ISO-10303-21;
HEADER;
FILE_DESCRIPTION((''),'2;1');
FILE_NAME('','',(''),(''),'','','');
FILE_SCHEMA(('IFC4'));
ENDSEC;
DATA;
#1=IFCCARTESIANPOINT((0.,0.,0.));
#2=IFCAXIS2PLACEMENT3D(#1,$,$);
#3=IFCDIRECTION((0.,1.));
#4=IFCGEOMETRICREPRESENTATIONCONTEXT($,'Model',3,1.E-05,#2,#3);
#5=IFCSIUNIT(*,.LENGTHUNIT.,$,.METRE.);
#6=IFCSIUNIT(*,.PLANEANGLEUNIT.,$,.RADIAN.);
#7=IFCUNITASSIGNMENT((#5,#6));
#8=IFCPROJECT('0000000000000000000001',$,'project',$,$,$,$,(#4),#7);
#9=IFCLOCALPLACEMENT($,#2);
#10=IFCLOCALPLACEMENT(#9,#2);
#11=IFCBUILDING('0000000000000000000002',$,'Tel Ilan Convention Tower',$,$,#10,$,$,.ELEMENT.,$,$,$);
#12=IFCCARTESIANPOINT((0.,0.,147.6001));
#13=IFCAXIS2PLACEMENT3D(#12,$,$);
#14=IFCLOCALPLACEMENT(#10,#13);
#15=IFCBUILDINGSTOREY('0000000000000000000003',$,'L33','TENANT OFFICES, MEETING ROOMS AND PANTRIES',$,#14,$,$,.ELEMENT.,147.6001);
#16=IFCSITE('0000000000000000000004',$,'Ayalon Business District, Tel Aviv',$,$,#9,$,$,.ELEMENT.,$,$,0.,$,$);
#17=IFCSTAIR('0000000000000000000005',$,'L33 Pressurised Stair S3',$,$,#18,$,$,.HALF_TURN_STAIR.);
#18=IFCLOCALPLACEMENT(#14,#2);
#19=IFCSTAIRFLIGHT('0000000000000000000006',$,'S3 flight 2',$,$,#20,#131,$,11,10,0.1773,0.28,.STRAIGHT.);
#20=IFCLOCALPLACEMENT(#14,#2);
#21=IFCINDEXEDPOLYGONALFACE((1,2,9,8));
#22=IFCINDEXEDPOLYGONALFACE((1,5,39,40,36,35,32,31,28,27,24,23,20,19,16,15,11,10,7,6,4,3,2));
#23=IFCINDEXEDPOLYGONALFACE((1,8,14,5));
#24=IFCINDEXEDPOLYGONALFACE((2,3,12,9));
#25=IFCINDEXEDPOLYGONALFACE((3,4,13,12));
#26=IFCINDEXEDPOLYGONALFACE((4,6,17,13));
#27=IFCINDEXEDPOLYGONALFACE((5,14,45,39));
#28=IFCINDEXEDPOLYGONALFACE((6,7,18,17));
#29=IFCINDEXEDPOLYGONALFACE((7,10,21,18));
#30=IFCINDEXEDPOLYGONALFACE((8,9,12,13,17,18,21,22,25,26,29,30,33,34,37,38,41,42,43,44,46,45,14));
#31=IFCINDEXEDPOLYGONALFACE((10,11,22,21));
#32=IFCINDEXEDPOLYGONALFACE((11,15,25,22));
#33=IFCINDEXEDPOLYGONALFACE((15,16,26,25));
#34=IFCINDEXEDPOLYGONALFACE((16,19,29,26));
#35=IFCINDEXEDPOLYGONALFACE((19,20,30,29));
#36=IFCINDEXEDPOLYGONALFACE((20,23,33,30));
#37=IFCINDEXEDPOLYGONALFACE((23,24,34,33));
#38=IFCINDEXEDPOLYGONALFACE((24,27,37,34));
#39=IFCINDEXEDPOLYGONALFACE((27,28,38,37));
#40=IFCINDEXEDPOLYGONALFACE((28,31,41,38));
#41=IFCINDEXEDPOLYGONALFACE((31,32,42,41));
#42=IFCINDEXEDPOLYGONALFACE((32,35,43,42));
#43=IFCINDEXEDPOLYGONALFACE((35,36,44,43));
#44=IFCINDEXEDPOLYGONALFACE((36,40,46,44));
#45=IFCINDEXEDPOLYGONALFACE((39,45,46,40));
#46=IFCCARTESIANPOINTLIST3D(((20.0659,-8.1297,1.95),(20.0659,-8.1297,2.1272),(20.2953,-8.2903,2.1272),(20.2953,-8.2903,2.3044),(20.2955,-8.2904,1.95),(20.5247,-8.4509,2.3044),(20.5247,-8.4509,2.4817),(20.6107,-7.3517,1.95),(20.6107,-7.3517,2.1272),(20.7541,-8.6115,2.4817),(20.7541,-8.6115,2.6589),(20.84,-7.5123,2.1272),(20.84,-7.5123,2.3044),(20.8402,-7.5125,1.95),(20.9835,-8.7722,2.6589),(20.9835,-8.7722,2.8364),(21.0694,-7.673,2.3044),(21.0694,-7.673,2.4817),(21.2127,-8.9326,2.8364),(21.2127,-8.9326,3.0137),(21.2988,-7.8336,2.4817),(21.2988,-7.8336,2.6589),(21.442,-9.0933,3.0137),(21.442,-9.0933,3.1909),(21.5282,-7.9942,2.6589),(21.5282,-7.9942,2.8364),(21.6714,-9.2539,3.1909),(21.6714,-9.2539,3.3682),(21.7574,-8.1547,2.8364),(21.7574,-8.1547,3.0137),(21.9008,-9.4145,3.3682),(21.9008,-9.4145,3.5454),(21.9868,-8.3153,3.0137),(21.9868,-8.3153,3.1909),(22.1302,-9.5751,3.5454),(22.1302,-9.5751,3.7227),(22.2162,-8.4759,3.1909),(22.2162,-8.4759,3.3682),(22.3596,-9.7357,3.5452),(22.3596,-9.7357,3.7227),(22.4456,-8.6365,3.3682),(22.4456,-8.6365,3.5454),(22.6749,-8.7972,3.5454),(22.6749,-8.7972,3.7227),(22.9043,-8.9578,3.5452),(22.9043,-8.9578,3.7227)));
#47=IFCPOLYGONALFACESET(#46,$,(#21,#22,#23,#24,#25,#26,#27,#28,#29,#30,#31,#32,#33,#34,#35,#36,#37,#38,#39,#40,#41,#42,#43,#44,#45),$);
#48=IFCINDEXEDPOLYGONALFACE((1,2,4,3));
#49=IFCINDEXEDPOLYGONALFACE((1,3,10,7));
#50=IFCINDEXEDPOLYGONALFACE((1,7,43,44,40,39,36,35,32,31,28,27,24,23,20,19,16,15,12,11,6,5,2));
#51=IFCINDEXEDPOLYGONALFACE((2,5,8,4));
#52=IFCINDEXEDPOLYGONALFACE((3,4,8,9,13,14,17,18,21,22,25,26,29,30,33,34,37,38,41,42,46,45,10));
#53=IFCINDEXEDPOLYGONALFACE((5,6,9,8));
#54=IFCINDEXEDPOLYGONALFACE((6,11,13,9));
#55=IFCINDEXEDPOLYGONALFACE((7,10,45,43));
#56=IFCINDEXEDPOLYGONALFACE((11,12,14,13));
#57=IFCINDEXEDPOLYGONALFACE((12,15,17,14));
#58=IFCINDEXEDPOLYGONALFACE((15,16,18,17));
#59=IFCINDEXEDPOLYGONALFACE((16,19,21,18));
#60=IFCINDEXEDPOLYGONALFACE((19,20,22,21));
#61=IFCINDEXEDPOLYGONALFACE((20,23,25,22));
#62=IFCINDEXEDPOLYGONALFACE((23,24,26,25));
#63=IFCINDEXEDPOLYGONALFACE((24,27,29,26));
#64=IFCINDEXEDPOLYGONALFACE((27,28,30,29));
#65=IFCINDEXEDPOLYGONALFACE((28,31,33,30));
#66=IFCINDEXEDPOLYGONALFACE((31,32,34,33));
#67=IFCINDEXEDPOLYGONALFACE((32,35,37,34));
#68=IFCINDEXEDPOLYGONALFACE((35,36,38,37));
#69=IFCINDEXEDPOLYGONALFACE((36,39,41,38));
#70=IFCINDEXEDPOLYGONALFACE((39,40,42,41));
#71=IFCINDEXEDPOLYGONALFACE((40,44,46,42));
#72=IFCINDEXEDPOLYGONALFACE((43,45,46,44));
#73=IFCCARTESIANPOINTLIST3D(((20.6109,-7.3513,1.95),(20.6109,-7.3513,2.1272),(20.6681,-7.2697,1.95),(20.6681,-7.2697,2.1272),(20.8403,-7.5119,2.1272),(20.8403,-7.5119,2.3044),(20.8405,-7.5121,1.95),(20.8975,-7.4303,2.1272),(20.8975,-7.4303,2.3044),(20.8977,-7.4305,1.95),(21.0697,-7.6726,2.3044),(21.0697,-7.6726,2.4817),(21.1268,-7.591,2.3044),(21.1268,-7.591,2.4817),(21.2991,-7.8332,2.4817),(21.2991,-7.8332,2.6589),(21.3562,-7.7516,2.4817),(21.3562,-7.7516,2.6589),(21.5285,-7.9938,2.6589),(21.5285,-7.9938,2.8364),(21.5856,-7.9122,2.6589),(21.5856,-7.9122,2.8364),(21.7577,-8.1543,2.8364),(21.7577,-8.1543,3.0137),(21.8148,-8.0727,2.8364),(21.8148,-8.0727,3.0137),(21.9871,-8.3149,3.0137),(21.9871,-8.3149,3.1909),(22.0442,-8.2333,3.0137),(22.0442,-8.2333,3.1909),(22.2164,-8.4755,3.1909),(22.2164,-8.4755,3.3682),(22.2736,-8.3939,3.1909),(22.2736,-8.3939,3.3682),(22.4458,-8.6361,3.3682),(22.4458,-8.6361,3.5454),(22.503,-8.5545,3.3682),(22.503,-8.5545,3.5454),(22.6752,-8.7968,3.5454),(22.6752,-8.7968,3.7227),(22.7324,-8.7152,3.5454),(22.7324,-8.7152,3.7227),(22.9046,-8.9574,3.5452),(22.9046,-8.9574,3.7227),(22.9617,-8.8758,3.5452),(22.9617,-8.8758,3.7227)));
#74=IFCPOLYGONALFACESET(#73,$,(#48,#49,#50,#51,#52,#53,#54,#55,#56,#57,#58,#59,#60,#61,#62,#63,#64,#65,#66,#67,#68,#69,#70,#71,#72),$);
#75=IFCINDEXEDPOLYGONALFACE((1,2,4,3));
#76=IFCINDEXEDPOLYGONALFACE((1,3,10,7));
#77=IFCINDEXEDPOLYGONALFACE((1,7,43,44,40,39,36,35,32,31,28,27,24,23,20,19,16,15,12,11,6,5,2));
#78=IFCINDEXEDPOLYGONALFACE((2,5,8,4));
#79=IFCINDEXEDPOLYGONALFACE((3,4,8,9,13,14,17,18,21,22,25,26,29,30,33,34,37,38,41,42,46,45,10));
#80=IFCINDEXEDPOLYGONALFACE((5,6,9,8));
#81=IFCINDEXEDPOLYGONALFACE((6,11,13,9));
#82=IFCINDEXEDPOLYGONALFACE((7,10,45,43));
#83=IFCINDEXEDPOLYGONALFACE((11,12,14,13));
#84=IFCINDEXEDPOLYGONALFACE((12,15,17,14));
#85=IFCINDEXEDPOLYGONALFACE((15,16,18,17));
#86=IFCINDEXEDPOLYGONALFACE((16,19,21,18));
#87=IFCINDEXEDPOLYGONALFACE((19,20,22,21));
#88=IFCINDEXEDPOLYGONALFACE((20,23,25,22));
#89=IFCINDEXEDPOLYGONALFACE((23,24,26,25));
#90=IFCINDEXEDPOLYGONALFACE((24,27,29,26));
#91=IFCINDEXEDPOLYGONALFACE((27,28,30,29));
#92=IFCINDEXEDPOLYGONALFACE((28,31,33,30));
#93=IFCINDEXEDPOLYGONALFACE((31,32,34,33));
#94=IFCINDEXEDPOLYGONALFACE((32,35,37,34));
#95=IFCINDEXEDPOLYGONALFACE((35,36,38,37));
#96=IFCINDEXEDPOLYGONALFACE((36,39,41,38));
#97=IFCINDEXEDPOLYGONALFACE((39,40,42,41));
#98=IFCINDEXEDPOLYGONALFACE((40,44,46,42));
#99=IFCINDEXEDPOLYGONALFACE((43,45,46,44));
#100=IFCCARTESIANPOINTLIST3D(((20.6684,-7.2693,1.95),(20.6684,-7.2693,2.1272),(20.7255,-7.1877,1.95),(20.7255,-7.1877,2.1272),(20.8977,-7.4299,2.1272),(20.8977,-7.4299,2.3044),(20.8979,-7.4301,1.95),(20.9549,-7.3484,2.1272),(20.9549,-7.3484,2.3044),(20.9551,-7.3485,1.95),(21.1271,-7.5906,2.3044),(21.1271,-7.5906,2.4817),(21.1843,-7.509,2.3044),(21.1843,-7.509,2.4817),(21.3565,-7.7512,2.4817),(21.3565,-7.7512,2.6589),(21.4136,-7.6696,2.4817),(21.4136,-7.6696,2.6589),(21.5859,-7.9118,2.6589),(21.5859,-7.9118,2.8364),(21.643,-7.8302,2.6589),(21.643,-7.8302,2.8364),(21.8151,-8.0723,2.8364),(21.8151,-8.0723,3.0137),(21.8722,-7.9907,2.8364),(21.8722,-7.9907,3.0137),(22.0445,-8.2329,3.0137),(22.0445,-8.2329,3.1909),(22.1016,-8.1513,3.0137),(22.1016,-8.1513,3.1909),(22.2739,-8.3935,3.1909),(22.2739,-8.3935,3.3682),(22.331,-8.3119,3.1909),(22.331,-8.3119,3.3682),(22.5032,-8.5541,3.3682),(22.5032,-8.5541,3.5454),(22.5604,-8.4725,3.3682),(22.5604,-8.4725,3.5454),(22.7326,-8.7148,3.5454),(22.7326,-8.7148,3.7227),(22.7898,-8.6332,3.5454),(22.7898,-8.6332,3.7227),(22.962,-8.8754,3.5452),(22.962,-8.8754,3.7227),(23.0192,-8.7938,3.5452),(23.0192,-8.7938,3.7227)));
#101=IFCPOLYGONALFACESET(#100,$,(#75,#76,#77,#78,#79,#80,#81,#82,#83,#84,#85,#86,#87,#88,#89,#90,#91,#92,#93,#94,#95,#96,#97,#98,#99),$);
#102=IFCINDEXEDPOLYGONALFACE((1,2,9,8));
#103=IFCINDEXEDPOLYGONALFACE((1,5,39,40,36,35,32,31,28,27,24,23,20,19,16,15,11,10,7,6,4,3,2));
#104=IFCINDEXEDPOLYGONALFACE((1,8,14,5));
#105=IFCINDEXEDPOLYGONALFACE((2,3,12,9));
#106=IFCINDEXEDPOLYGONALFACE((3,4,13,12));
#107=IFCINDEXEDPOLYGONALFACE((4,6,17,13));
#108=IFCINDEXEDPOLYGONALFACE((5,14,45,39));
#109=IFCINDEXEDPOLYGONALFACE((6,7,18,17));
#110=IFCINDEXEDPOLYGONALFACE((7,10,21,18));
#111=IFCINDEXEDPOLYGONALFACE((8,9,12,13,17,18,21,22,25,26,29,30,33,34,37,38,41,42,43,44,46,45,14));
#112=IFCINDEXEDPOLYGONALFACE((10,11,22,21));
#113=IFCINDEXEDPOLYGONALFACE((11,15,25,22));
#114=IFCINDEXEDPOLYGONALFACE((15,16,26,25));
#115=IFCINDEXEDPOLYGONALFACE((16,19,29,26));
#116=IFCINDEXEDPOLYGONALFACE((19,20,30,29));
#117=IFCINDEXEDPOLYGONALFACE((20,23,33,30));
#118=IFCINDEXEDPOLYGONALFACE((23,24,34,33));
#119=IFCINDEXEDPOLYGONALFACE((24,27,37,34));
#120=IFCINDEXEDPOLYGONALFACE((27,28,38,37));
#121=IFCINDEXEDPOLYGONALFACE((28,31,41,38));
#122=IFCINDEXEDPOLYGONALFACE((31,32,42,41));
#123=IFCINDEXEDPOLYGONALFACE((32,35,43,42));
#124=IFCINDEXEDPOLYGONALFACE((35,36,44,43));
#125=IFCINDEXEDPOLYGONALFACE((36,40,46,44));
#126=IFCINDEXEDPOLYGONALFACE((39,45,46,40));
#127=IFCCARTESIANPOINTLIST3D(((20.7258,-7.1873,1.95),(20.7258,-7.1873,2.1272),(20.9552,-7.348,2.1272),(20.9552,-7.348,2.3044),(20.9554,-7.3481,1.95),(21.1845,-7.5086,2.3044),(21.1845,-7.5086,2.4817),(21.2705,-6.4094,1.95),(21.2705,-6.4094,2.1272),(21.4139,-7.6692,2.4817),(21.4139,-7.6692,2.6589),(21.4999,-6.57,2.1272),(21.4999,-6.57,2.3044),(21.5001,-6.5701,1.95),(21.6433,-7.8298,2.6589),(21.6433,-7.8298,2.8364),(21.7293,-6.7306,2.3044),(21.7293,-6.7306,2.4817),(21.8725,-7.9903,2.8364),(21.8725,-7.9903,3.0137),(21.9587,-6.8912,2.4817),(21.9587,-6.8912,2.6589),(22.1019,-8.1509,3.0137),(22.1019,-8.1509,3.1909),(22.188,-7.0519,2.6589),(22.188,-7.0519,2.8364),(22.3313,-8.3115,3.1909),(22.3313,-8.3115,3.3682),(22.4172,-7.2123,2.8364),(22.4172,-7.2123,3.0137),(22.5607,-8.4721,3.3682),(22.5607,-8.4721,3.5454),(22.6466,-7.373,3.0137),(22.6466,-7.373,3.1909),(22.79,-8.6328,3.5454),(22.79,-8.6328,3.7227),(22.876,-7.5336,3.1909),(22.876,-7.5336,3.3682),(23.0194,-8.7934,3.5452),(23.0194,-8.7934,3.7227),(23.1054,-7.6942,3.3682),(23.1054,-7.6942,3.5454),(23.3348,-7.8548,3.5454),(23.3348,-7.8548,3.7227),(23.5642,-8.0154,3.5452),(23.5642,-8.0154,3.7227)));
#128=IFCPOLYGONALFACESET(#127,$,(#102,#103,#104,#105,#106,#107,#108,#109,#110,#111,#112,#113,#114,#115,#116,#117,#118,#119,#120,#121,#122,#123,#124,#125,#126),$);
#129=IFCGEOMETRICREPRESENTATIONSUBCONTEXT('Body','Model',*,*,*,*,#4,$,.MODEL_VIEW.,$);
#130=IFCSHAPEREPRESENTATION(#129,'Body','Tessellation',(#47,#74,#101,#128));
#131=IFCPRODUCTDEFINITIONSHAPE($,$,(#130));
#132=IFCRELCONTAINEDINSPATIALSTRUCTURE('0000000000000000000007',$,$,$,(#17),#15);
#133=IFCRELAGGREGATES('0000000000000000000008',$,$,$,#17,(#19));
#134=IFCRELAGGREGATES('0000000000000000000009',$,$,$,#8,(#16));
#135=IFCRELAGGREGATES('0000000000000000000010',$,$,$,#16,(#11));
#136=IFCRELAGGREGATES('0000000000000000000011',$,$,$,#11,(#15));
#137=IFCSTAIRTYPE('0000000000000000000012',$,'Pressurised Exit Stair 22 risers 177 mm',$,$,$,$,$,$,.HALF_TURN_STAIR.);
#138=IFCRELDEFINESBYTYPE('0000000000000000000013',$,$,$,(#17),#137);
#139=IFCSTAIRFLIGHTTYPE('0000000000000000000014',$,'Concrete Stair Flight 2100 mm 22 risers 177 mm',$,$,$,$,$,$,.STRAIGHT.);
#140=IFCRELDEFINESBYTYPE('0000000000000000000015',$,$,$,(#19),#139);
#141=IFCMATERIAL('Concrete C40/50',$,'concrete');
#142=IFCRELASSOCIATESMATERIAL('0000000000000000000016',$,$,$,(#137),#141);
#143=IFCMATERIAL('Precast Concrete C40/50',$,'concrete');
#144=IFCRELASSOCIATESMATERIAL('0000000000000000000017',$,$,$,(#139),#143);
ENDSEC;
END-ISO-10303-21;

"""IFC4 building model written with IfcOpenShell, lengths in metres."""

from ifc_helpers import new_model, si_unit, direction, frame, origin, place, context, subcontext, project, spatial, polyline, outline, extrude, material, type_object, element, aggregate, save


model = new_model("IFC4")

# Units and contexts
model_context = context("Model", 3, precision=1e-05, world=origin(), true_north=direction((0.0, 1.0)))
body_context = subcontext(model_context, "Body", "Model", "MODEL_VIEW")
ifc_project = project(units=[si_unit("LENGTHUNIT", "METRE"), si_unit("PLANEANGLEUNIT", "RADIAN")], contexts=[model_context])

# Site, building, storey
site_placement = place(None, origin())
site = spatial("IfcSite", under=ifc_project, at=site_placement, Name="Ayalon Business District, Tel Aviv", CompositionType="ELEMENT", RefElevation=0.0)
building_placement = place(site_placement, origin())
building = spatial("IfcBuilding", under=site, at=building_placement, Name="Tel Ilan Convention Tower", CompositionType="ELEMENT")
storey_placement = place(building_placement, frame((0.0, 0.0, 147.6001)))
storey = spatial("IfcBuildingStorey", under=building, at=storey_placement, Name="L33", Description="TENANT OFFICES, MEETING ROOMS AND PANTRIES", CompositionType="ELEMENT", Elevation=147.6001)

# Stair, stair flight
ifc_material_1 = material(Name="Concrete C40/50", Category="concrete")
stair_type = type_object("IfcStairType", Name="Pressurised Exit Stair 22 risers 177 mm", PredefinedType="HALF_TURN_STAIR", material=ifc_material_1)
stair_1_placement = place(storey_placement, origin())
stair_1 = element("IfcStair", 1, at=stair_1_placement, inside=storey, type_object=stair_type, Name="L33 Pressurised Stair S3", PredefinedType="HALF_TURN_STAIR")
ifc_material_2 = material(Name="Precast Concrete C40/50", Category="concrete")
stair_flight_type = type_object("IfcStairFlightType", Name="Concrete Stair Flight 2100 mm 22 risers 177 mm", PredefinedType="STRAIGHT", material=ifc_material_2)
stair_flight_1_placement = place(storey_placement, frame((20.6682, -7.2695, 1.95), z_axis=(0.0, 0.0, 1.0), x_axis=(0.819152, -0.573576, 0.0)))
stair_flight_1 = element("IfcStairFlight", 2, at=stair_flight_1_placement, type_object=stair_flight_type, Name="S3 flight 2", NumberOfRisers=11, NumberOfTreads=10, PredefinedType="STRAIGHT", RiserHeight=0.1773, TreadLength=0.28, context=body_context, shape_type="SweptSolid", body=[
    extrude(outline(polyline([(0.0, 0.0), (0.0, 0.1772), (0.28, 0.1772), (0.28, 0.3545), (0.5601, 0.3545), (0.5601, 0.5317), (0.8401, 0.5317), (0.8401, 0.709), (1.1201, 0.709), (1.1201, 0.8865), (1.3999, 0.8865), (1.3999, 1.0637), (1.6799, 1.0637), (1.6799, 1.241), (1.96, 1.241), (1.96, 1.4182), (2.24, 1.4182), (2.24, 1.5955), (2.52, 1.5955), (2.52, 1.7727), (2.8, 1.7727), (2.8, 1.95), (2.8, 1.5952), (0.2803, 0.0), (0.0, 0.0)])), frame((0.0, -0.1003, 0.0), z_axis=(0.0, -1.0, 0.0), x_axis=(1.0, 0.0, 0.0)), (0.0, 0.0, 1.0), 0.9497),
    extrude(outline(polyline([(0.0, 0.0), (0.0, 0.1772), (0.28, 0.1772), (0.28, 0.3545), (0.5601, 0.3545), (0.5601, 0.5317), (0.8401, 0.5317), (0.8401, 0.709), (1.1201, 0.709), (1.1201, 0.8865), (1.3999, 0.8865), (1.3999, 1.0637), (1.6799, 1.0637), (1.6799, 1.241), (1.96, 1.241), (1.96, 1.4182), (2.24, 1.4182), (2.24, 1.5955), (2.52, 1.5955), (2.52, 1.7727), (2.8, 1.7727), (2.8, 1.95), (2.8, 1.5952), (0.2803, 0.0), (0.0, 0.0)])), frame((0.0, -0.0002, 0.0), z_axis=(0.0, -1.0, 0.0), x_axis=(1.0, 0.0, 0.0)), (0.0, 0.0, 1.0), 0.0996),
    extrude(outline(polyline([(0.0, 0.0), (0.0, 0.1772), (0.28, 0.1772), (0.28, 0.3545), (0.5601, 0.3545), (0.5601, 0.5317), (0.8401, 0.5317), (0.8401, 0.709), (1.1201, 0.709), (1.1201, 0.8865), (1.3999, 0.8865), (1.3999, 1.0637), (1.6799, 1.0637), (1.6799, 1.241), (1.96, 1.241), (1.96, 1.4182), (2.24, 1.4182), (2.24, 1.5955), (2.52, 1.5955), (2.52, 1.7727), (2.8, 1.7727), (2.8, 1.95), (2.8, 1.5952), (0.2803, 0.0), (0.0, 0.0)])), frame((0.0, 0.0999, 0.0), z_axis=(0.0, -1.0, 0.0), x_axis=(1.0, 0.0, 0.0)), (0.0, 0.0, 1.0), 0.0996),
    extrude(outline(polyline([(0.0, 0.0), (0.0, 0.1772), (0.28, 0.1772), (0.28, 0.3545), (0.5601, 0.3545), (0.5601, 0.5317), (0.8401, 0.5317), (0.8401, 0.709), (1.1201, 0.709), (1.1201, 0.8865), (1.3999, 0.8865), (1.3999, 1.0637), (1.6799, 1.0637), (1.6799, 1.241), (1.96, 1.241), (1.96, 1.4182), (2.24, 1.4182), (2.24, 1.5955), (2.52, 1.5955), (2.52, 1.7727), (2.8, 1.7727), (2.8, 1.95), (2.8, 1.5952), (0.2803, 0.0), (0.0, 0.0)])), frame((0.0, 1.05, 0.0), z_axis=(0.0, -1.0, 0.0), x_axis=(1.0, 0.0, 0.0)), (0.0, 0.0, 1.0), 0.9497),
])
aggregate(stair_1, [stair_flight_1])

save(model, "model.ifc")
